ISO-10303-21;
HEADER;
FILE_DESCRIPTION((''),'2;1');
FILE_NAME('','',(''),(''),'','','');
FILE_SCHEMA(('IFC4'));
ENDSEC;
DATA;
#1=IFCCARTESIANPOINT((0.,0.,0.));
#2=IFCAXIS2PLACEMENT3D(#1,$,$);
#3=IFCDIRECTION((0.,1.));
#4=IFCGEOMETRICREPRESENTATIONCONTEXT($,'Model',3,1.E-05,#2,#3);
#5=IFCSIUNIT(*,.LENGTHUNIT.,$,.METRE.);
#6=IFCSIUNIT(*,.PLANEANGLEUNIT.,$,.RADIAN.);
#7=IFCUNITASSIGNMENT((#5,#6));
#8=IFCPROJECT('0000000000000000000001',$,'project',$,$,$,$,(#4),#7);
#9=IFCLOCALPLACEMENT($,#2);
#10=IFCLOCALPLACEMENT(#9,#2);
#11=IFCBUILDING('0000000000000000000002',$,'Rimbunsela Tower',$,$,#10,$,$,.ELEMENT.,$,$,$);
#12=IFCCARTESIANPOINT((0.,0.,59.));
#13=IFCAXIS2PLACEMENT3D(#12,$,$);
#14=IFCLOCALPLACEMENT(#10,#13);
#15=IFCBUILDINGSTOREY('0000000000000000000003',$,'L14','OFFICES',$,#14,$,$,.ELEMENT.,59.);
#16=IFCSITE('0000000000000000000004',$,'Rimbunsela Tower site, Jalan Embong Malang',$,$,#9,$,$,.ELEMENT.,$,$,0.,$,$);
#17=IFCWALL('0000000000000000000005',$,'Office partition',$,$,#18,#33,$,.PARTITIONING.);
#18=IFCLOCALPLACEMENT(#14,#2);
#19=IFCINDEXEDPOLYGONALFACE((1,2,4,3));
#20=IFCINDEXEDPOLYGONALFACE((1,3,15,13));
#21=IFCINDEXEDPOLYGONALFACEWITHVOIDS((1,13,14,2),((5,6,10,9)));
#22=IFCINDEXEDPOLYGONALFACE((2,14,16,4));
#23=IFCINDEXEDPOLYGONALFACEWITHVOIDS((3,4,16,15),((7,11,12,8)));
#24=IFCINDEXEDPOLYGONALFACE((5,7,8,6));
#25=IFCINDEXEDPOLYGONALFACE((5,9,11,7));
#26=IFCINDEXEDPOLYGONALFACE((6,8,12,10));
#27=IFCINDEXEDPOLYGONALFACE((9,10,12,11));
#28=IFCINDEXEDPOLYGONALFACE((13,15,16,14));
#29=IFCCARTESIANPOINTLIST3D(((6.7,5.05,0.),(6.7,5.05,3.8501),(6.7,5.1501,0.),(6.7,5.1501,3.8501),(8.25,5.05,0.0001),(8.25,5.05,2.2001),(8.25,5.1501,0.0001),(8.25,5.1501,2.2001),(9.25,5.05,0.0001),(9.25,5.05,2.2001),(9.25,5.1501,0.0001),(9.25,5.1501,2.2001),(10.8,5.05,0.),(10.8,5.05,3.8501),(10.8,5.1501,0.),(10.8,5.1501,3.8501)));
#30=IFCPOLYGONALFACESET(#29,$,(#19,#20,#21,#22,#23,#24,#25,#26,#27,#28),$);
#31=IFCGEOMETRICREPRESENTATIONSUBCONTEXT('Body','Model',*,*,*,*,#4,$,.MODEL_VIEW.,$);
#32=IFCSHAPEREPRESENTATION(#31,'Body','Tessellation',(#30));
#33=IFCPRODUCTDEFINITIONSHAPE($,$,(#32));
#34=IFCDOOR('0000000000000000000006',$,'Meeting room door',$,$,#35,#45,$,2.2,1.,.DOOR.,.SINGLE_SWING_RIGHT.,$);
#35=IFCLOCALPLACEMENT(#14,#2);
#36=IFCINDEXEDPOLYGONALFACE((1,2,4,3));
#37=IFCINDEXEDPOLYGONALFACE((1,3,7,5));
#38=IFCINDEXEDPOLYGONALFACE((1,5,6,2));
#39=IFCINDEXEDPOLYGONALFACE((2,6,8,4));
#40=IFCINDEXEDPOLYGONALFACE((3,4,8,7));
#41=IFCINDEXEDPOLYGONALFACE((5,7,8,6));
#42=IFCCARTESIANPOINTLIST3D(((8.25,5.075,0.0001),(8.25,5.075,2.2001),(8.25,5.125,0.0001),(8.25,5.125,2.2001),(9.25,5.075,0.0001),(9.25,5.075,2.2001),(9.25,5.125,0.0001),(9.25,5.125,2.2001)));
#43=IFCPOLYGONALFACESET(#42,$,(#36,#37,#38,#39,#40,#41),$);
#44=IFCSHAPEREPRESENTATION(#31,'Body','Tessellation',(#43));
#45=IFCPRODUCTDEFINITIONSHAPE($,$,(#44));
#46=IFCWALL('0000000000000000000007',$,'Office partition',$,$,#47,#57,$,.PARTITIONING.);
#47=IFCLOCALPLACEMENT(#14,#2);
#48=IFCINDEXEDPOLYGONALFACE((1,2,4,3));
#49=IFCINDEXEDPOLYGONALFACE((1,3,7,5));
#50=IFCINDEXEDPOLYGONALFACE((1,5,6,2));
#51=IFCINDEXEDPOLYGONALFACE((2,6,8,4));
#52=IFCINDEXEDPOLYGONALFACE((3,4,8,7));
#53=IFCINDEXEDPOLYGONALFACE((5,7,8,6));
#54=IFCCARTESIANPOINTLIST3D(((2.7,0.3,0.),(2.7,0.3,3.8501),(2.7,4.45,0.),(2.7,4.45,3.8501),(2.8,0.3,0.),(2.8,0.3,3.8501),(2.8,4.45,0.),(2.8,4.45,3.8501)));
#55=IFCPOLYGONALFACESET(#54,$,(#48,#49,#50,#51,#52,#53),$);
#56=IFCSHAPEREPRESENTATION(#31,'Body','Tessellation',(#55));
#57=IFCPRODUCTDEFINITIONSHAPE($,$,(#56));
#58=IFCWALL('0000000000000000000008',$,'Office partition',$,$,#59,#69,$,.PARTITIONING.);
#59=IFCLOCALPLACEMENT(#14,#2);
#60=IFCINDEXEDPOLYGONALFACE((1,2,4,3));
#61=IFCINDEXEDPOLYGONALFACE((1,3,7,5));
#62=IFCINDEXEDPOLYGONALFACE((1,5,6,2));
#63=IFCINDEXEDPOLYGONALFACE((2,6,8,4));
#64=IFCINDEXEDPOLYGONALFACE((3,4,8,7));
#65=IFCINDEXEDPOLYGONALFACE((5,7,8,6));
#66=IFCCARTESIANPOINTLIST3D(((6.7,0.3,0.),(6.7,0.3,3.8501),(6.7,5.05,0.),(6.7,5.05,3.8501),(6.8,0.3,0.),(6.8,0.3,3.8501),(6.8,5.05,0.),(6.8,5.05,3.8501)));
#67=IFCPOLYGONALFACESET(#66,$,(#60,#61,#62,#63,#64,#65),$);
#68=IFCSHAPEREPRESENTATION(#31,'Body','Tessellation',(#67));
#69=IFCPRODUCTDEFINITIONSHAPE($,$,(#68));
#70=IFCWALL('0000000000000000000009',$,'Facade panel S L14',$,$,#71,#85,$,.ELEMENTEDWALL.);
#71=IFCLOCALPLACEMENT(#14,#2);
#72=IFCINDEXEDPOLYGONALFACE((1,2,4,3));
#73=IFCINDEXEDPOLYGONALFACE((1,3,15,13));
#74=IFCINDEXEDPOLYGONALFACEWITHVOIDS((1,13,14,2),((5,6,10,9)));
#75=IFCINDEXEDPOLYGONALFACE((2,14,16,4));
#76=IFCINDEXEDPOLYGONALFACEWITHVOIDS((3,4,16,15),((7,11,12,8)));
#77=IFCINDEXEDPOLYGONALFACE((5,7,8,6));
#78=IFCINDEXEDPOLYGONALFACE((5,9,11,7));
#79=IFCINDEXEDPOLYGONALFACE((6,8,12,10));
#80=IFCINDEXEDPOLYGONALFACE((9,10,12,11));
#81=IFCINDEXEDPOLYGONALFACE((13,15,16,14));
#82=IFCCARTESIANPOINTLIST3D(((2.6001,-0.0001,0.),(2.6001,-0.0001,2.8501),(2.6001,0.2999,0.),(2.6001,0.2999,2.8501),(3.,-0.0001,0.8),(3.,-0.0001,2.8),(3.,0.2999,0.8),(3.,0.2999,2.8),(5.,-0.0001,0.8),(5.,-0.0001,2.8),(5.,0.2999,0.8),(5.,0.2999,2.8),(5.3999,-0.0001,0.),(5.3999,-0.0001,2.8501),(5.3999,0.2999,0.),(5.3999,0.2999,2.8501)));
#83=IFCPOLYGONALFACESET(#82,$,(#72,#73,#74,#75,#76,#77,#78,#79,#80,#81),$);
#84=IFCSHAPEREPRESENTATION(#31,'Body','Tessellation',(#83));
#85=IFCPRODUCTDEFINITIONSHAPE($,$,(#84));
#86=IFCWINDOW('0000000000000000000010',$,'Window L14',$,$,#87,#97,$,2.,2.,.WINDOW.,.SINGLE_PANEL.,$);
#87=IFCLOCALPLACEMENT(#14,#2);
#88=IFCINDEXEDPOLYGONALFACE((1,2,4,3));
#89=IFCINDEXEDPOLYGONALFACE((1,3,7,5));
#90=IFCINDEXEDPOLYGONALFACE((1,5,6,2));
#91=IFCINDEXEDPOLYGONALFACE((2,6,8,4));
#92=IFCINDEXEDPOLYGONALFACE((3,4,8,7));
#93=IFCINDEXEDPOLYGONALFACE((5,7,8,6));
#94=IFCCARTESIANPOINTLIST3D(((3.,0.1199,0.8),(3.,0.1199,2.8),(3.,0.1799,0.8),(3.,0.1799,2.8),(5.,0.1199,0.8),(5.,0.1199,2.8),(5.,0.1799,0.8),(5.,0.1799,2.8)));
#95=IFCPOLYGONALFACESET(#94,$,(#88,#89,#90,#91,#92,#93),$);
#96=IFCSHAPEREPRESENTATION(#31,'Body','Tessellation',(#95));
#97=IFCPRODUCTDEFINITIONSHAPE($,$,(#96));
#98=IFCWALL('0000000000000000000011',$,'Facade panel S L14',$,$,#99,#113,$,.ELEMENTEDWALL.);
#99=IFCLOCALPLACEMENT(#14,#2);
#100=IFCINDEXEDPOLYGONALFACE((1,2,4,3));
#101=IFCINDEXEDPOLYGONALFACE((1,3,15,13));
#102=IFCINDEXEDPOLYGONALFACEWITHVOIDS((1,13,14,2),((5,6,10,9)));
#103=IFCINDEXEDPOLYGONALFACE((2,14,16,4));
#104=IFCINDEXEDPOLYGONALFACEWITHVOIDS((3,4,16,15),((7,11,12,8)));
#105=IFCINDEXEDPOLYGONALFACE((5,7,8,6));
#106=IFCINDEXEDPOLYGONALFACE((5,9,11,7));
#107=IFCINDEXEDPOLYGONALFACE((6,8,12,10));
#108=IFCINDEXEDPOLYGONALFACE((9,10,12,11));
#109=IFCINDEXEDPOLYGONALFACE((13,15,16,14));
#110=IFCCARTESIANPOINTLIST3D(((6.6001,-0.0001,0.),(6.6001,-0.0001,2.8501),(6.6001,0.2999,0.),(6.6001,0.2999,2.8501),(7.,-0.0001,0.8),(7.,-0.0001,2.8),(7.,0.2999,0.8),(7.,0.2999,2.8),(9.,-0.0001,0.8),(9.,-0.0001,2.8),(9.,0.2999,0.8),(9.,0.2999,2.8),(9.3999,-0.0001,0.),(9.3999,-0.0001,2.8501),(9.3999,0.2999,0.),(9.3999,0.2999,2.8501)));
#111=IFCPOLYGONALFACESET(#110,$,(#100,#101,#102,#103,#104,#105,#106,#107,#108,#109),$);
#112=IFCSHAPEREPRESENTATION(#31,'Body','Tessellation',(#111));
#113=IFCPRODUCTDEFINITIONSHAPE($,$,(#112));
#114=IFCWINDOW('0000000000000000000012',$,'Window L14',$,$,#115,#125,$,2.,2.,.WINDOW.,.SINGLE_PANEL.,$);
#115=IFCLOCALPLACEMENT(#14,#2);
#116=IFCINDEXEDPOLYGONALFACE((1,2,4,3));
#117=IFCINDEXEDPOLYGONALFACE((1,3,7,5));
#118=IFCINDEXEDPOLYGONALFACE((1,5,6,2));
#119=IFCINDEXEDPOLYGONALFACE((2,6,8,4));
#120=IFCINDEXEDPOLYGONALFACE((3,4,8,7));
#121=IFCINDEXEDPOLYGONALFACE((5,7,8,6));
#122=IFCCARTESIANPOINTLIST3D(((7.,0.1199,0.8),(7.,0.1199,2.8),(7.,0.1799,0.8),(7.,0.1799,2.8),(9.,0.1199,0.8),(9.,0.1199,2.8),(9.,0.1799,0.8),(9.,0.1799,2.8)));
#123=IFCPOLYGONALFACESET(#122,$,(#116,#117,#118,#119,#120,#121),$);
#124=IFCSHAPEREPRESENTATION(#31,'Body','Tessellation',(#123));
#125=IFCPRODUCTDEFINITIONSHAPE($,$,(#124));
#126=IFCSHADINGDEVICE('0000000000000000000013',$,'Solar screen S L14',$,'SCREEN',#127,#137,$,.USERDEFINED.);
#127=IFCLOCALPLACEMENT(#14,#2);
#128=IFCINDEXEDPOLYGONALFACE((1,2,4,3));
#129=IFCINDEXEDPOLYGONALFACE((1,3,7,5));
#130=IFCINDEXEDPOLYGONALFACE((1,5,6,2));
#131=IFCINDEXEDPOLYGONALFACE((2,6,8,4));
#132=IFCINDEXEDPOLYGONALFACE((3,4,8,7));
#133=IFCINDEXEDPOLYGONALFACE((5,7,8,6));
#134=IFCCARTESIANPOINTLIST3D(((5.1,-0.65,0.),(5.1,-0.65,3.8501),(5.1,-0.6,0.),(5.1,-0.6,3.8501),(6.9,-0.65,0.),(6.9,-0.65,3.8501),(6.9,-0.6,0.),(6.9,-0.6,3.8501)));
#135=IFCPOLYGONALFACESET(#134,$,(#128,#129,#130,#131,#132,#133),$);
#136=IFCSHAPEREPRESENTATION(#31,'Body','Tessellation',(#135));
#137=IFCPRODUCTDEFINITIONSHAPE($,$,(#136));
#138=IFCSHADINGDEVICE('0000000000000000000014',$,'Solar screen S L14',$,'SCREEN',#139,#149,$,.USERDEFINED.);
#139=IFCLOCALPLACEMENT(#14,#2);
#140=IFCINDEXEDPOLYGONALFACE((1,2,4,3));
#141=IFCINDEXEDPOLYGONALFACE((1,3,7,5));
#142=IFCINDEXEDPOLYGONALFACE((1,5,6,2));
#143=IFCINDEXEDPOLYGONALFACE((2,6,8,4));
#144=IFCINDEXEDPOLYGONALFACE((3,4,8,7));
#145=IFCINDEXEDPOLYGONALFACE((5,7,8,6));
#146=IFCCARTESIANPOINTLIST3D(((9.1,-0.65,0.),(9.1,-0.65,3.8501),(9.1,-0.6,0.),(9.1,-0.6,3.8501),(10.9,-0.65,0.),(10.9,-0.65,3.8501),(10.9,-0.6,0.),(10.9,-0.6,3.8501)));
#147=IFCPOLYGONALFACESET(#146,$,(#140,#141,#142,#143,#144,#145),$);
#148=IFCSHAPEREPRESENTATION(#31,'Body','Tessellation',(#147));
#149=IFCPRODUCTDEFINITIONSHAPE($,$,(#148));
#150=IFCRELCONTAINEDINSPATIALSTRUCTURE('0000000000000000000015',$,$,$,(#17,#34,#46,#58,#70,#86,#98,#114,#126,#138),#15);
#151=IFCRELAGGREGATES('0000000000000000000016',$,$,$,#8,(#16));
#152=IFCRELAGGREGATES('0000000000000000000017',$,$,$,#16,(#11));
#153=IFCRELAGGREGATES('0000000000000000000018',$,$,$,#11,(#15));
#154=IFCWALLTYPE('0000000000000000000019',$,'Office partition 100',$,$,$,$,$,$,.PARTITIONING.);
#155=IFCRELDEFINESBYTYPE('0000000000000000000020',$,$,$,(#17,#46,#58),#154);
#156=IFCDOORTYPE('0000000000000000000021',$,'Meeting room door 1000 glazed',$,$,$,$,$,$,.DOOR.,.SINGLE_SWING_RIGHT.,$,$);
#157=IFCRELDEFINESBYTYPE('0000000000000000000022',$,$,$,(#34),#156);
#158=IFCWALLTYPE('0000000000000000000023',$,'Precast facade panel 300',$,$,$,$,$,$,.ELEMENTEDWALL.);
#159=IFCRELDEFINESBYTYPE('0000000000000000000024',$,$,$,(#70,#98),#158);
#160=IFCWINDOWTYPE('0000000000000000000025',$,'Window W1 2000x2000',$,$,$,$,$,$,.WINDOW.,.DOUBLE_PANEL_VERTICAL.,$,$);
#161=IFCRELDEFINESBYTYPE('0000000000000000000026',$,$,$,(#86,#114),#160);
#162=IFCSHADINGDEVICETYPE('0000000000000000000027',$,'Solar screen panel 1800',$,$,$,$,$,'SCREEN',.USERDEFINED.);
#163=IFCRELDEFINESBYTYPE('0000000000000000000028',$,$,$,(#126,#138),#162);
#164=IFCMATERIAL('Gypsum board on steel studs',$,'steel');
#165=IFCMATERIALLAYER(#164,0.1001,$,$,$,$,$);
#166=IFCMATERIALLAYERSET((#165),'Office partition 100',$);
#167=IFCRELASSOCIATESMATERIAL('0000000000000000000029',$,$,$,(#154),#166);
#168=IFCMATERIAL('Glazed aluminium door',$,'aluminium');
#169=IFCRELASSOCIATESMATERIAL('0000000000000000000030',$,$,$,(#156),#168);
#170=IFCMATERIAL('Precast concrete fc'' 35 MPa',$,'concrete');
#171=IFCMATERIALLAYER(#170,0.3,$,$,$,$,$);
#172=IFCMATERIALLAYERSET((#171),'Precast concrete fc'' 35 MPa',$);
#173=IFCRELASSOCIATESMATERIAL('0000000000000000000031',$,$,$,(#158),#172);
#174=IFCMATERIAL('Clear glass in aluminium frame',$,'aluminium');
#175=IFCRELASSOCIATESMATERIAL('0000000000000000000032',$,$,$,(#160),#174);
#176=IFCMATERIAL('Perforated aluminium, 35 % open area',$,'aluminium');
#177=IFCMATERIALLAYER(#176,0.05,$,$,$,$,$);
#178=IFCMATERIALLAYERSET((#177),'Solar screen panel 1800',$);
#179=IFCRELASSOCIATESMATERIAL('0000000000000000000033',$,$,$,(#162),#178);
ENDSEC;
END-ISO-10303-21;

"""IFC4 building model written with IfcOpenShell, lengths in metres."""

from ifc_helpers import new_model, si_unit, direction, frame, frame_2d, origin, origin_2d, place, context, subcontext, project, spatial, rectangle, extrude, material, layer, layer_set, type_object, element, fill, save


model = new_model("IFC4")

# Units and contexts
model_context = context("Model", 3, precision=1e-05, world=origin(), true_north=direction((0.0, 1.0)))
body_context = subcontext(model_context, "Body", "Model", "MODEL_VIEW")
ifc_project = project(units=[si_unit("LENGTHUNIT", "METRE"), si_unit("PLANEANGLEUNIT", "RADIAN")], contexts=[model_context])

# Site, building, storey
site_placement = place(None, origin())
site = spatial("IfcSite", under=ifc_project, at=site_placement, Name="Rimbunsela Tower site, Jalan Embong Malang", CompositionType="ELEMENT", RefElevation=0.0)
building_placement = place(site_placement, origin())
building = spatial("IfcBuilding", under=site, at=building_placement, Name="Rimbunsela Tower", CompositionType="ELEMENT")
storey_placement = place(building_placement, frame((0.0, 0.0, 59.0)))
storey = spatial("IfcBuildingStorey", under=building, at=storey_placement, Name="L14", Description="OFFICES", CompositionType="ELEMENT", Elevation=59.0)

# Wall, opening, door
ifc_material_1 = material(Name="Gypsum board on steel studs", Category="steel")
ifc_layer_1 = layer(ifc_material_1, 0.1001)
ifc_layer_set_1 = layer_set([ifc_layer_1], Name="Office partition 100")
wall_type_1 = type_object("IfcWallType", Name="Office partition 100", PredefinedType="PARTITIONING", material=ifc_layer_set_1)
wall_1_placement = place(storey_placement, frame((6.7, 5.1001, 0.0), z_axis=(0.0, 0.0, 1.0), x_axis=(1.0, 0.0, 0.0)))
wall_1 = element("IfcWall", 1, at=wall_1_placement, inside=storey, type_object=wall_type_1, Name="Office partition", PredefinedType="PARTITIONING", context=body_context, shape_type="SweptSolid", body=[
    extrude(rectangle(XDim=4.1001, YDim=0.1001, at=frame_2d((2.05, 0.0))), origin(), (0.0, 0.0, 1.0), 3.8501),
])
opening_1_placement = place(wall_1_placement, frame((1.55, 0.0, 0.0)))
opening_1 = element("IfcOpeningElement", 2, at=opening_1_placement, cuts=wall_1, PredefinedType="OPENING", context=body_context, shape_type="SweptSolid", body=[
    extrude(rectangle(XDim=1.0, YDim=2.2, at=frame_2d((0.5, 1.1001))), frame((0.0, 0.0601, 0.0), z_axis=(0.0, -1.0, 0.0), x_axis=(1.0, 0.0, 0.0)), (0.0, 0.0, 1.0), 0.1201),
])
ifc_material_2 = material(Name="Glazed aluminium door", Category="aluminium")
door_type_1 = type_object("IfcDoorType", Name="Meeting room door 1000 glazed", OperationType="SINGLE_SWING_RIGHT", PredefinedType="DOOR", material=ifc_material_2)
door_1_placement = place(opening_1_placement, origin())
door_1 = element("IfcDoor", 3, at=door_1_placement, inside=storey, type_object=door_type_1, Name="Meeting room door", OperationType="SINGLE_SWING_RIGHT", OverallHeight=2.2, OverallWidth=1.0, PredefinedType="DOOR", context=body_context, shape_type="SweptSolid", body=[
    extrude(rectangle(XDim=1.0, YDim=2.2, at=frame_2d((0.5, 1.1001))), frame((0.0, 0.0249, 0.0), z_axis=(0.0, -1.0, 0.0), x_axis=(1.0, 0.0, 0.0)), (0.0, 0.0, 1.0), 0.05),
])
fill(opening_1, door_1)

# Walls
wall_2_placement = place(storey_placement, frame((2.75, 0.3, 0.0), z_axis=(0.0, 0.0, 1.0), x_axis=(0.0, 1.0, 0.0)))
element("IfcWall", 4, at=wall_2_placement, inside=storey, type_object=wall_type_1, Name="Office partition", PredefinedType="PARTITIONING", context=body_context, shape_type="SweptSolid", body=[
    extrude(rectangle(XDim=4.1499, YDim=0.1001, at=frame_2d((2.075, 0.0))), origin(), (0.0, 0.0, 1.0), 3.8501),
])
wall_3_placement = place(storey_placement, frame((6.75, 0.3, 0.0), z_axis=(0.0, 0.0, 1.0), x_axis=(0.0, 1.0, 0.0)))
element("IfcWall", 5, at=wall_3_placement, inside=storey, type_object=wall_type_1, Name="Office partition", PredefinedType="PARTITIONING", context=body_context, shape_type="SweptSolid", body=[
    extrude(rectangle(XDim=4.75, YDim=0.1001, at=frame_2d((2.375, 0.0))), origin(), (0.0, 0.0, 1.0), 3.8501),
])

# Walls, openings, windows
ifc_material_3 = material(Name="Precast concrete fc' 35 MPa", Category="concrete")
ifc_layer_2 = layer(ifc_material_3, 0.3)
ifc_layer_set_2 = layer_set([ifc_layer_2], Name="Precast concrete fc' 35 MPa")
wall_type_2 = type_object("IfcWallType", Name="Precast facade panel 300", PredefinedType="ELEMENTEDWALL", material=ifc_layer_set_2)
wall_4_placement = place(storey_placement, frame((2.6001, 0.1499, 0.0), z_axis=(0.0, 0.0, 1.0), x_axis=(1.0, 0.0, 0.0)))
wall_4 = element("IfcWall", 6, at=wall_4_placement, inside=storey, type_object=wall_type_2, Name="Facade panel S L14", PredefinedType="ELEMENTEDWALL", context=body_context, shape_type="SweptSolid", body=[
    extrude(rectangle(XDim=2.7998, YDim=0.3, at=frame_2d((1.3999, 0.0))), origin(), (0.0, 0.0, 1.0), 2.8501),
])
opening_2_placement = place(wall_4_placement, frame((0.3999, 0.0, 0.8)))
opening_2 = element("IfcOpeningElement", 7, at=opening_2_placement, cuts=wall_4, PredefinedType="OPENING", context=body_context, shape_type="SweptSolid", body=[
    extrude(rectangle(XDim=2.0, YDim=2.0, at=frame_2d((1.0, 1.0))), frame((0.0, 0.1599, 0.0), z_axis=(0.0, -1.0, 0.0), x_axis=(1.0, 0.0, 0.0)), (0.0, 0.0, 1.0), 0.3201),
])
ifc_material_4 = material(Name="Clear glass in aluminium frame", Category="aluminium")
window_type = type_object("IfcWindowType", Name="Window W1 2000x2000", PartitioningType="DOUBLE_PANEL_VERTICAL", PredefinedType="WINDOW", material=ifc_material_4)
window_1_placement = place(opening_2_placement, origin())
window_1 = element("IfcWindow", 8, at=window_1_placement, inside=storey, type_object=window_type, Name="Window L14", OverallHeight=2.0, OverallWidth=2.0, PartitioningType="SINGLE_PANEL", PredefinedType="WINDOW", context=body_context, shape_type="SweptSolid", body=[
    extrude(rectangle(XDim=2.0, YDim=2.0, at=frame_2d((1.0, 1.0))), frame((0.0, 0.03, 0.0), z_axis=(0.0, -1.0, 0.0), x_axis=(1.0, 0.0, 0.0)), (0.0, 0.0, 1.0), 0.0601),
])
fill(opening_2, window_1)
wall_5_placement = place(storey_placement, frame((6.6001, 0.1499, 0.0), z_axis=(0.0, 0.0, 1.0), x_axis=(1.0, 0.0, 0.0)))
wall_5 = element("IfcWall", 9, at=wall_5_placement, inside=storey, type_object=wall_type_2, Name="Facade panel S L14", PredefinedType="ELEMENTEDWALL", context=body_context, shape_type="SweptSolid", body=[
    extrude(rectangle(XDim=2.7998, YDim=0.3, at=frame_2d((1.3999, 0.0))), origin(), (0.0, 0.0, 1.0), 2.8501),
])
opening_3_placement = place(wall_5_placement, frame((0.3999, 0.0, 0.8)))
opening_3 = element("IfcOpeningElement", 10, at=opening_3_placement, cuts=wall_5, PredefinedType="OPENING", context=body_context, shape_type="SweptSolid", body=[
    extrude(rectangle(XDim=2.0, YDim=2.0, at=frame_2d((1.0, 1.0))), frame((0.0, 0.1599, 0.0), z_axis=(0.0, -1.0, 0.0), x_axis=(1.0, 0.0, 0.0)), (0.0, 0.0, 1.0), 0.3201),
])
window_2_placement = place(opening_3_placement, origin())
window_2 = element("IfcWindow", 11, at=window_2_placement, inside=storey, type_object=window_type, Name="Window L14", OverallHeight=2.0, OverallWidth=2.0, PartitioningType="SINGLE_PANEL", PredefinedType="WINDOW", context=body_context, shape_type="SweptSolid", body=[
    extrude(rectangle(XDim=2.0, YDim=2.0, at=frame_2d((1.0, 1.0))), frame((0.0, 0.03, 0.0), z_axis=(0.0, -1.0, 0.0), x_axis=(1.0, 0.0, 0.0)), (0.0, 0.0, 1.0), 0.0601),
])
fill(opening_3, window_2)

# Shading devices
ifc_material_5 = material(Name="Perforated aluminium, 35 % open area", Category="aluminium")
ifc_layer_3 = layer(ifc_material_5, 0.05)
ifc_layer_set_3 = layer_set([ifc_layer_3], Name="Solar screen panel 1800")
shading_device_type = type_object("IfcShadingDeviceType", Name="Solar screen panel 1800", ElementType="SCREEN", PredefinedType="USERDEFINED", material=ifc_layer_set_3)
for number, where, z_axis, x_axis, name in (
    (12, (6.0, -0.625, 0.0), (0.0, 0.0, 1.0), (1.0, 0.0, 0.0), "Solar screen S L14"),
    (13, (10.0, -0.625, 0.0), (0.0, 0.0, 1.0), (1.0, 0.0, 0.0), "Solar screen S L14"),
):
    element("IfcShadingDevice", number, at=place(storey_placement, frame(where, z_axis=z_axis, x_axis=x_axis)), inside=storey, type_object=shading_device_type, Name=name, ObjectType="SCREEN", PredefinedType="USERDEFINED", context=body_context, shape_type="SweptSolid", body=[
        extrude(rectangle(XDim=1.8, YDim=0.05, at=origin_2d()), origin(), (0.0, 0.0, 1.0), 3.8501),
    ])

save(model, "model.ifc")
